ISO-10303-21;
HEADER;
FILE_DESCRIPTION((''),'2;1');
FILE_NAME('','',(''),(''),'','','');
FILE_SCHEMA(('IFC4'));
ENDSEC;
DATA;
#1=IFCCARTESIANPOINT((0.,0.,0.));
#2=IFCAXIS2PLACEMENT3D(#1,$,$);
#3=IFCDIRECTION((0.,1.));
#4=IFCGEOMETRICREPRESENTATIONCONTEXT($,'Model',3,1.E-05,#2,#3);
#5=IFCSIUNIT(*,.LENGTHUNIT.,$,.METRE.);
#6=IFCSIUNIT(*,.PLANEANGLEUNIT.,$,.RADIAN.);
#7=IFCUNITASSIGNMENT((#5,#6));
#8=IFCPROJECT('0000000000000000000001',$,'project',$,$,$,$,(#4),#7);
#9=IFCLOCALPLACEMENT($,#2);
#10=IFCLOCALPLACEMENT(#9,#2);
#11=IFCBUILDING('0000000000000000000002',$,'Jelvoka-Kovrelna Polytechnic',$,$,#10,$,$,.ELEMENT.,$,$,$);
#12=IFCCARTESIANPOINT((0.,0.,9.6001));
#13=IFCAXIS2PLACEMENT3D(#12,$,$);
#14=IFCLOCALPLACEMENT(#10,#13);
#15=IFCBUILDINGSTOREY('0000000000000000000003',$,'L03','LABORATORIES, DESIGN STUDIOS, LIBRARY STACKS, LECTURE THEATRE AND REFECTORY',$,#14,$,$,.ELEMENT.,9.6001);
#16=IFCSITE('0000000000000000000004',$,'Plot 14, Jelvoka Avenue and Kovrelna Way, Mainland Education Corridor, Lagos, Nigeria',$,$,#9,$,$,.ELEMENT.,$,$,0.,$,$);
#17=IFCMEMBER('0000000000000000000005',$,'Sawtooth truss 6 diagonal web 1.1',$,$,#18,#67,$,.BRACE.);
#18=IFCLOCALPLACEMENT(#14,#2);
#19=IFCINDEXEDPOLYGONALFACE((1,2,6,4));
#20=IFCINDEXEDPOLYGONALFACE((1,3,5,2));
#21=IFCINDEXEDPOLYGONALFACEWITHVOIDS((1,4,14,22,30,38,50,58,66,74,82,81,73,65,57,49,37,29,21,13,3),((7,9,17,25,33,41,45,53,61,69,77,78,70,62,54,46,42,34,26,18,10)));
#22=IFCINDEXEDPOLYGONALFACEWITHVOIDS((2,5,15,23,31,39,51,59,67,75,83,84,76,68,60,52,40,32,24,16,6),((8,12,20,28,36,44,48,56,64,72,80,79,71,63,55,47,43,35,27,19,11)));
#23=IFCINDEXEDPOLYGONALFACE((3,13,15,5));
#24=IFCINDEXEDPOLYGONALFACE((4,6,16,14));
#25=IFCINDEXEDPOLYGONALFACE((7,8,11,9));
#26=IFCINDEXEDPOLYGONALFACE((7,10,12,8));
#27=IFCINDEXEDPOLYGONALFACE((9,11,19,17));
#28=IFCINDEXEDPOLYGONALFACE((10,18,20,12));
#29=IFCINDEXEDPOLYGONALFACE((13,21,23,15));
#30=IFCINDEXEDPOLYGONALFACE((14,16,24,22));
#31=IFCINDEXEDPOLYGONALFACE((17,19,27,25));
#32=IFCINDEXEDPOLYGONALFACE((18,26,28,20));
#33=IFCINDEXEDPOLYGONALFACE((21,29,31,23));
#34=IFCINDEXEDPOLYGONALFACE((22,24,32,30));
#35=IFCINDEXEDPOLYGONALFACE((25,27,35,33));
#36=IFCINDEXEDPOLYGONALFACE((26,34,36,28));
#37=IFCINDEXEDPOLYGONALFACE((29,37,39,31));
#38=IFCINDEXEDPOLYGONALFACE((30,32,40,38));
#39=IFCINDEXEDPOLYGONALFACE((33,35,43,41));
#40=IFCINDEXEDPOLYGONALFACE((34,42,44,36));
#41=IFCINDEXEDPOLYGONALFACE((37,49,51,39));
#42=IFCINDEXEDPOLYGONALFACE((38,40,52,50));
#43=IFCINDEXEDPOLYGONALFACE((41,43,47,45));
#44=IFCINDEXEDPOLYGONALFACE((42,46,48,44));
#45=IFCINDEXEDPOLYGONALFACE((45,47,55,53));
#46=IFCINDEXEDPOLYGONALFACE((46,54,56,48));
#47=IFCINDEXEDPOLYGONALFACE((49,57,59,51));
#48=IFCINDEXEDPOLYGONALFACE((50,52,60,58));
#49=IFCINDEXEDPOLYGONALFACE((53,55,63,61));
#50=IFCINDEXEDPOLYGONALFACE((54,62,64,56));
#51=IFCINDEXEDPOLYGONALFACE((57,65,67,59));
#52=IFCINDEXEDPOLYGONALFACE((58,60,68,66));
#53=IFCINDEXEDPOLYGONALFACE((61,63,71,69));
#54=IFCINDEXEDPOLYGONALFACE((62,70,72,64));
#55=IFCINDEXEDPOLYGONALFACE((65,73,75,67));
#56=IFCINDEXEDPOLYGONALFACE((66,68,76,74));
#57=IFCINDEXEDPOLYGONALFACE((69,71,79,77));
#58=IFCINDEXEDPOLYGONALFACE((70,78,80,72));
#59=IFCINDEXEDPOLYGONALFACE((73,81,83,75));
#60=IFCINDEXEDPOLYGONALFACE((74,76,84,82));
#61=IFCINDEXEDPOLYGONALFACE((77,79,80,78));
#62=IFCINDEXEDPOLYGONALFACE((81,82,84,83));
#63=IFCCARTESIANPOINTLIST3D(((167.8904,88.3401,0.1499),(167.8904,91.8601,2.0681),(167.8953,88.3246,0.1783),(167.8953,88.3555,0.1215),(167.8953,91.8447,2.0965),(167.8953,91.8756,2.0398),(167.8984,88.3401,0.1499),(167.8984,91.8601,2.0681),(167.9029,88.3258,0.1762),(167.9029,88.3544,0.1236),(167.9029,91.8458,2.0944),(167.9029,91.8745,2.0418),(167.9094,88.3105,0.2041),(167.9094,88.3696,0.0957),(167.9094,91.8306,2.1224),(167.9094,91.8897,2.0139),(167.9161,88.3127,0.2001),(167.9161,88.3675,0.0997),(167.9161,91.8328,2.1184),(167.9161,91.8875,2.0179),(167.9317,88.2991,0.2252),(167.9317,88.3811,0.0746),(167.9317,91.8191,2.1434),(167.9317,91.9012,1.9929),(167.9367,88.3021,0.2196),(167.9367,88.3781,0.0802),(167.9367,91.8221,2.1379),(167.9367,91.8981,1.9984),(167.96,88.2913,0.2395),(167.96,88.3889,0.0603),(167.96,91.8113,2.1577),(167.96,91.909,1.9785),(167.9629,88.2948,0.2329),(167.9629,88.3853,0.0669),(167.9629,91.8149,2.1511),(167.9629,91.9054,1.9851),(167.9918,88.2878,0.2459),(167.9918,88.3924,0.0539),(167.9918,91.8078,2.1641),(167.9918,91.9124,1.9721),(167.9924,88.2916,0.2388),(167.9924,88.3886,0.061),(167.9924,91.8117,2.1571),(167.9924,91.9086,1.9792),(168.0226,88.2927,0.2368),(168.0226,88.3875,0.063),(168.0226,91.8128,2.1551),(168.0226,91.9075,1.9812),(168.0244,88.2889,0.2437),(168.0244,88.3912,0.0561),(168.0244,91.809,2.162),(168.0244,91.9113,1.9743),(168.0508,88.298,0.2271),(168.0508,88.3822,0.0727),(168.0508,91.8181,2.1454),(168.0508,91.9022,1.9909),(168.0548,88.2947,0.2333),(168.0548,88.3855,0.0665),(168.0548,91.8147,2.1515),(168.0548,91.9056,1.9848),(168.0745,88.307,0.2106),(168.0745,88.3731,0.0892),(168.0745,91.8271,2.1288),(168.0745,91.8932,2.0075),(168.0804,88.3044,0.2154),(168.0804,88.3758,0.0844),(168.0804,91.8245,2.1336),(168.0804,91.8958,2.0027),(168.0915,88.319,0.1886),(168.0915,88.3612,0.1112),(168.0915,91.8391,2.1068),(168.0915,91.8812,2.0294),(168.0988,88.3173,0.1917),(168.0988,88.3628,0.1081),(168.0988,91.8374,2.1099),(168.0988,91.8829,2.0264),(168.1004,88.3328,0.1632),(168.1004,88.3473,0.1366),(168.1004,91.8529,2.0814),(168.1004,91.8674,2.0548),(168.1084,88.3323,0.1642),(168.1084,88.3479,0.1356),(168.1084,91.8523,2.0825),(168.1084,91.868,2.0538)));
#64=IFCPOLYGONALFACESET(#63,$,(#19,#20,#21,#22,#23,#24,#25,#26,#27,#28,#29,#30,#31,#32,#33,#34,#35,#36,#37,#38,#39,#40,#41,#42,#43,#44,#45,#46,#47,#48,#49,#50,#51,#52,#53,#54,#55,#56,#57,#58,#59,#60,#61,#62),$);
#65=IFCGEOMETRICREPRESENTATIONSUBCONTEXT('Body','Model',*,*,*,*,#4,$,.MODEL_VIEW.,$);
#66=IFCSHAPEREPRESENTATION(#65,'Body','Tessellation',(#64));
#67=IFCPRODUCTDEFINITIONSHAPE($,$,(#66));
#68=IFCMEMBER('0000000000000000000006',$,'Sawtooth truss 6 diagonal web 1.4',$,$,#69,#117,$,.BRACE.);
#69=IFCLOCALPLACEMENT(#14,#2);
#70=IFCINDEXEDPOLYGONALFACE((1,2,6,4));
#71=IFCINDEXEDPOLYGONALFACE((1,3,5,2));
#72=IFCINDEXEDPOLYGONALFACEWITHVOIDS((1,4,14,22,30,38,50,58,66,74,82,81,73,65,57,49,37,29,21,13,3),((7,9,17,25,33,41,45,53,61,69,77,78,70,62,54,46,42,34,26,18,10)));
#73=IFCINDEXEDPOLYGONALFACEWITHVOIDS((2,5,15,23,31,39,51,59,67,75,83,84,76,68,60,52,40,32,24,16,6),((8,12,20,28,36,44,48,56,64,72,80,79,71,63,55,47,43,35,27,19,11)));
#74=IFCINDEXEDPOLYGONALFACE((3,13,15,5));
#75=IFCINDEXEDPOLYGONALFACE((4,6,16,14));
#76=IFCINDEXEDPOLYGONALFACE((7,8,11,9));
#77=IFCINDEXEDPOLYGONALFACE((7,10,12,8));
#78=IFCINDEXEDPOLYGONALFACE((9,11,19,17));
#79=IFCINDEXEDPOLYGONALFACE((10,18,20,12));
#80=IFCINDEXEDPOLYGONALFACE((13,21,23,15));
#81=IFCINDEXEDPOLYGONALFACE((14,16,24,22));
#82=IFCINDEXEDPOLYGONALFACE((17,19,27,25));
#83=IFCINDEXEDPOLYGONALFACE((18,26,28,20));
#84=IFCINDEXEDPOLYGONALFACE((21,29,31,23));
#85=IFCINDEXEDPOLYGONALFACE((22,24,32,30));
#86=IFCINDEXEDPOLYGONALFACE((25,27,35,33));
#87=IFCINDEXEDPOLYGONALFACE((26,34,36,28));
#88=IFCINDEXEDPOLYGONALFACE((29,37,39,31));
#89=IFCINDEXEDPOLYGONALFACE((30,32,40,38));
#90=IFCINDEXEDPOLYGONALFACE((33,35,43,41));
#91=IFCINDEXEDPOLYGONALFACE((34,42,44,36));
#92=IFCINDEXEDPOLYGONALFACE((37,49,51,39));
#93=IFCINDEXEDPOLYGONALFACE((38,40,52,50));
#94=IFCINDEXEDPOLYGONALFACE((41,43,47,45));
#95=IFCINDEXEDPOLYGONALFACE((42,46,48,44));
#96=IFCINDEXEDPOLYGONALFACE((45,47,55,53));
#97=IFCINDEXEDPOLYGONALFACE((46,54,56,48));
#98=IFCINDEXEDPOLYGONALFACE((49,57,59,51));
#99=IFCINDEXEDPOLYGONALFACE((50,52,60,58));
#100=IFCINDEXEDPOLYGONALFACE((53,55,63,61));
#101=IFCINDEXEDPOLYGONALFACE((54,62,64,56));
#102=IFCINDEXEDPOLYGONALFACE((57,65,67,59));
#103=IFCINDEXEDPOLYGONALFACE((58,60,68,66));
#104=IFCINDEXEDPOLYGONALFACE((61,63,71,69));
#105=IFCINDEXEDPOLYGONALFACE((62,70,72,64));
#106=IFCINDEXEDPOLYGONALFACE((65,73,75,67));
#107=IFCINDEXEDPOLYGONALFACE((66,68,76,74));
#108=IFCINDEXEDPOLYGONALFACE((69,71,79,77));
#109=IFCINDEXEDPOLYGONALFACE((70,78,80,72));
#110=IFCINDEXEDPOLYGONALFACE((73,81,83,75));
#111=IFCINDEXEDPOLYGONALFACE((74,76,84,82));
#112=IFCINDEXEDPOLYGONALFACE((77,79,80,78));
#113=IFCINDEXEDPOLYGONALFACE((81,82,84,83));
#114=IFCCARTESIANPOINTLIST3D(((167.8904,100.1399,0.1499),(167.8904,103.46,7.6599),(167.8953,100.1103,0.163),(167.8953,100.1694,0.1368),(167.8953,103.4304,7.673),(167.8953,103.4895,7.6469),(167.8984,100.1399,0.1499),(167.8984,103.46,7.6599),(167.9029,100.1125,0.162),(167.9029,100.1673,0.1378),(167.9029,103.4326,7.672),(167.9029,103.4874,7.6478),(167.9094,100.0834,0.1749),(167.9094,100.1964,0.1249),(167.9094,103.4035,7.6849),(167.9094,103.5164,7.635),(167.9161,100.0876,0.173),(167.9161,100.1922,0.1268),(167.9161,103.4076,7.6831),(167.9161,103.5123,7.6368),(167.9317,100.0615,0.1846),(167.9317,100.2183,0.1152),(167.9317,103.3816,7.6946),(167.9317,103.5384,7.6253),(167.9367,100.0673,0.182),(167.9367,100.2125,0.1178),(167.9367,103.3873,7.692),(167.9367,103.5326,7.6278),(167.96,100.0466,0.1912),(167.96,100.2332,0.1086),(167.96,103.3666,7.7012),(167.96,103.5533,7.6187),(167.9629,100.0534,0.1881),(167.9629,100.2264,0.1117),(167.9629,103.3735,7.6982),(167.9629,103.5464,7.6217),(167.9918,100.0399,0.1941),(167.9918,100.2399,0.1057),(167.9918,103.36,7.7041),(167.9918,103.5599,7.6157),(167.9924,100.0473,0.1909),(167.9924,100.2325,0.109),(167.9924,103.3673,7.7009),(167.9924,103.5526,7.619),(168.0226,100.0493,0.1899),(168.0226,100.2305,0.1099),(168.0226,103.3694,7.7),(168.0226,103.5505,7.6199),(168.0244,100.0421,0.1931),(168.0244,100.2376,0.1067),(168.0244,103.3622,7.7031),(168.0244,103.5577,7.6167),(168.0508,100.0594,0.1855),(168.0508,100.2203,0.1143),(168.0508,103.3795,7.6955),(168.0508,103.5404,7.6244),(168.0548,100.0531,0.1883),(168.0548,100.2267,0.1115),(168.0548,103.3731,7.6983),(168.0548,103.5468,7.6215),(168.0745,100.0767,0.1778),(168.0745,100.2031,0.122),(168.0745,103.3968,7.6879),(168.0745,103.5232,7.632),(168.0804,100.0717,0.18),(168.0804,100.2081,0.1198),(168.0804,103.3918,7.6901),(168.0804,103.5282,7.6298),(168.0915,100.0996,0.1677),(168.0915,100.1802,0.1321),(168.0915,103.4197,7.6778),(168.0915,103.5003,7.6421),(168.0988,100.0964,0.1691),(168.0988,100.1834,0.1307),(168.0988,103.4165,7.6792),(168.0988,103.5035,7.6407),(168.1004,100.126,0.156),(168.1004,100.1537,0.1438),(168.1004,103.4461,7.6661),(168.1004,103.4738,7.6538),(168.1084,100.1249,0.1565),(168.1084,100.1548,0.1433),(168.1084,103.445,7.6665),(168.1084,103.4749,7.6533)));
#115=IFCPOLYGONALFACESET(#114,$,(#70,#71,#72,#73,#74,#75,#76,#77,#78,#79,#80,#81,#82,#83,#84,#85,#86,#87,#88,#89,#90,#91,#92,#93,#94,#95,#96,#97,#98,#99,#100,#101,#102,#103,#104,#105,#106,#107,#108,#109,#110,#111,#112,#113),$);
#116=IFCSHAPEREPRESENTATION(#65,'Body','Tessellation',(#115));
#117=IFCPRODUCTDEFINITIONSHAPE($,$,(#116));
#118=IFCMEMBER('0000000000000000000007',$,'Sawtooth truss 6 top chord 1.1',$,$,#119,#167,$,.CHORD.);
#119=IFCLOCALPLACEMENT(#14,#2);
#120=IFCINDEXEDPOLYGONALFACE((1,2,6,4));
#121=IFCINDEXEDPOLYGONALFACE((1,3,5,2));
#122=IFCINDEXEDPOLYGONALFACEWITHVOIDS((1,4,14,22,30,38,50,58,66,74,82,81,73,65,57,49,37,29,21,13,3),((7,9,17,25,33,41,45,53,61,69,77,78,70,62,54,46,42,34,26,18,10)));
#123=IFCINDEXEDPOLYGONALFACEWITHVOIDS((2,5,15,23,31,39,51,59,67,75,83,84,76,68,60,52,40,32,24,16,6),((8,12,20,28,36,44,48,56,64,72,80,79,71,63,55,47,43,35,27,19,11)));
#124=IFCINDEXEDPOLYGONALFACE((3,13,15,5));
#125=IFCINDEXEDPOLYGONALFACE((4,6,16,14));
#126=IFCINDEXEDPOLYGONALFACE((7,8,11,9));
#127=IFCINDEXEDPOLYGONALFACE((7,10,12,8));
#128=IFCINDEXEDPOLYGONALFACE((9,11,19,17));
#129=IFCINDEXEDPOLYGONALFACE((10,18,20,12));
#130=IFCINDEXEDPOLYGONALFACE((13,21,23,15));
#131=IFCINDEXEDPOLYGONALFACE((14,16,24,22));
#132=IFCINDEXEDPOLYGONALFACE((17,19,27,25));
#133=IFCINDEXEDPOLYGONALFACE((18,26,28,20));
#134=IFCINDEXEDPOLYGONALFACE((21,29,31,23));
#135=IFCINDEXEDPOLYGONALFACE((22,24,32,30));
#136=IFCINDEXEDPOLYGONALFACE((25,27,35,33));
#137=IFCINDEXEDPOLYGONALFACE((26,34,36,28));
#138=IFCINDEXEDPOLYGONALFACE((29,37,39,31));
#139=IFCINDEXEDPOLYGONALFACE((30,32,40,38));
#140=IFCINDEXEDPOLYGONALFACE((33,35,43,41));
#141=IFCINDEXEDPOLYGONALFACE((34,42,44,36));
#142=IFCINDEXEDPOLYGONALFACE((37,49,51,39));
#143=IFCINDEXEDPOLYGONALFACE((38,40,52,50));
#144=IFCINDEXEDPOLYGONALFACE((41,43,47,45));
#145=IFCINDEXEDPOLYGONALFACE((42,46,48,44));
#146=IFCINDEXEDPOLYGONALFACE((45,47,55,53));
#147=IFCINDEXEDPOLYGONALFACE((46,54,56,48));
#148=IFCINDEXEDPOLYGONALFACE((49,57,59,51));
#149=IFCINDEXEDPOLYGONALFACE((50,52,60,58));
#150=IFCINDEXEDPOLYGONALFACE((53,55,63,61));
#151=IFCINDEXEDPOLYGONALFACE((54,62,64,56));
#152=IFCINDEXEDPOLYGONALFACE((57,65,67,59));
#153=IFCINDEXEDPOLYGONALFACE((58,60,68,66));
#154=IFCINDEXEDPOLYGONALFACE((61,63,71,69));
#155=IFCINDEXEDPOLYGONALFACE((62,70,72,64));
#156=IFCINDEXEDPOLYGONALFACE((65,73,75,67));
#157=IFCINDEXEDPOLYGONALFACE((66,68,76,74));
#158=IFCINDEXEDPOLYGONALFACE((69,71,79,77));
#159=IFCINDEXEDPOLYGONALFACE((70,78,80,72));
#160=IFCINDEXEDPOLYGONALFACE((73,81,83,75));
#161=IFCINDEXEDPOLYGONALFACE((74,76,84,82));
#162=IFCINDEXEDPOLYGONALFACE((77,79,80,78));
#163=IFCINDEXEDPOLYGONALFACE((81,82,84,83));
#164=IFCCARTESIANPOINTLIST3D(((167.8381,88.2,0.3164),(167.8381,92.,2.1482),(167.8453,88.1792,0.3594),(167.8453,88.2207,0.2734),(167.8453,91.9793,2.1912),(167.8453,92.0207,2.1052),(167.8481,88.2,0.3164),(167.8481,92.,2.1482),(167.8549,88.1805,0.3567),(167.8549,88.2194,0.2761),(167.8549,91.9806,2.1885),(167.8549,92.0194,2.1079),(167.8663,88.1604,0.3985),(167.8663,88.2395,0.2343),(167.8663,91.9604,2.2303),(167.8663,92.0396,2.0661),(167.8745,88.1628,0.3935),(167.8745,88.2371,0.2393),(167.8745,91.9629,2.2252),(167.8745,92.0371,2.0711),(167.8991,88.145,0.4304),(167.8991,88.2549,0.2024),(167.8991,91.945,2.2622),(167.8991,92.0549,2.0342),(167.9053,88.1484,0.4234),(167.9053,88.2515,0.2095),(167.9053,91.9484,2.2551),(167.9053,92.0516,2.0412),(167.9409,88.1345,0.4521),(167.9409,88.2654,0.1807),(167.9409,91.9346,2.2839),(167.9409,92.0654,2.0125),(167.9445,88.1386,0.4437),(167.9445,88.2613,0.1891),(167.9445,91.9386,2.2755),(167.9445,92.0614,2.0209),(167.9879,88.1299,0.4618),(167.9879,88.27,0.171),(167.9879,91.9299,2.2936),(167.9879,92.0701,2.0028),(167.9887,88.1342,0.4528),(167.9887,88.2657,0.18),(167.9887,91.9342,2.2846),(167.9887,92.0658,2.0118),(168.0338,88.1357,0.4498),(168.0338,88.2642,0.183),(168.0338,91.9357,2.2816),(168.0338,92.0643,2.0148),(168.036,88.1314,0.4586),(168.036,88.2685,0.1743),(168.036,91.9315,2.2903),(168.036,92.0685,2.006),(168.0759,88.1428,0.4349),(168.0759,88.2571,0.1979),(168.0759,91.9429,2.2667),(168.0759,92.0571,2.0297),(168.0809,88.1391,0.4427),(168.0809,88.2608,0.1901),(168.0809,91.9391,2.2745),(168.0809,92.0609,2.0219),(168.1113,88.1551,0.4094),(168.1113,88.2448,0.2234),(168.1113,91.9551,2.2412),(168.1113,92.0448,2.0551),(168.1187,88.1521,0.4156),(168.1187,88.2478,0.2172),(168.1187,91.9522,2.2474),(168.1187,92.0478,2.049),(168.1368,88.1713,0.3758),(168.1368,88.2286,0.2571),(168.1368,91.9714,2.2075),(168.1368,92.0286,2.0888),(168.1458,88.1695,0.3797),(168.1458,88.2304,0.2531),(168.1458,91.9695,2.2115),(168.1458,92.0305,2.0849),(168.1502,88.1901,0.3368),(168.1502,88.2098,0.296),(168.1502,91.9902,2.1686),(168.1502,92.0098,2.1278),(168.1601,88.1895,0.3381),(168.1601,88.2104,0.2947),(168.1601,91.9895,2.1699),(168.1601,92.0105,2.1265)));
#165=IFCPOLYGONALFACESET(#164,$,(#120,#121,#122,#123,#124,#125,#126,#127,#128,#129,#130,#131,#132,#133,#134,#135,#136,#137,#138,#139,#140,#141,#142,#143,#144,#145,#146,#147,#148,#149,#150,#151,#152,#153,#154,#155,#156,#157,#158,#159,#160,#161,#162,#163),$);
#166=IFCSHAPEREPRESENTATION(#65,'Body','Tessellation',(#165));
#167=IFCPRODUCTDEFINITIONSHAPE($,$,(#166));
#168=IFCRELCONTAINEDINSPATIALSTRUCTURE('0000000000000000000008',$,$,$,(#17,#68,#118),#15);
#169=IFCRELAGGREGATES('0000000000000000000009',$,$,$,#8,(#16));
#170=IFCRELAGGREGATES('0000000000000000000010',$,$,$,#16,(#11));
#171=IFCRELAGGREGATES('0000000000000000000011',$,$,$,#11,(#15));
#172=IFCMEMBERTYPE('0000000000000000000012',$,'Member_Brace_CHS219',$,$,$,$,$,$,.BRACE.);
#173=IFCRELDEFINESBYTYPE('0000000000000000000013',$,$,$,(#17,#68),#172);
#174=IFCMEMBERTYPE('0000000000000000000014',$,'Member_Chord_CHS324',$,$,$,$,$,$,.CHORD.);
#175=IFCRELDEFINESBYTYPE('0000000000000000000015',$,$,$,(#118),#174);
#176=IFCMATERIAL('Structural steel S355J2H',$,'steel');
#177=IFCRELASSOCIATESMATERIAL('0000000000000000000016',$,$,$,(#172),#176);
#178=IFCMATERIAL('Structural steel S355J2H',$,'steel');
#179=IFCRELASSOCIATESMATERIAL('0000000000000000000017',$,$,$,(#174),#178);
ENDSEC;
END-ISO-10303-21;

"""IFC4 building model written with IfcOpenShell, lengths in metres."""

from ifc_helpers import new_model, si_unit, direction, frame, origin, origin_2d, place, context, subcontext, project, spatial, hollow_circle, extrude, material, material_profile, profile_set, type_object, element, save


model = new_model("IFC4")

# Units and contexts
model_context = context("Model", 3, precision=1e-05, world=origin(), true_north=direction((0.0, 1.0)))
body_context = subcontext(model_context, "Body", "Model", "MODEL_VIEW")
ifc_project = project(units=[si_unit("LENGTHUNIT", "METRE"), si_unit("PLANEANGLEUNIT", "RADIAN")], contexts=[model_context])

# Site, building, storey
site_placement = place(None, origin())
site = spatial("IfcSite", under=ifc_project, at=site_placement, Name="Plot 14, Jelvoka Avenue and Kovrelna Way, Mainland Education Corridor, Lagos, Nigeria", CompositionType="ELEMENT", RefElevation=0.0)
building_placement = place(site_placement, origin())
building = spatial("IfcBuilding", under=site, at=building_placement, Name="Jelvoka-Kovrelna Polytechnic", CompositionType="ELEMENT")
storey_placement = place(building_placement, frame((0.0, 0.0, 9.6001)))
storey = spatial("IfcBuildingStorey", under=building, at=storey_placement, Name="L03", Description="LABORATORIES, DESIGN STUDIOS, LIBRARY STACKS, LECTURE THEATRE AND REFECTORY", CompositionType="ELEMENT", Elevation=9.6001)

# Members
ifc_material_1 = material(Name="Structural steel S355J2H", Category="steel")
ifc_material_profile_1 = material_profile(ifc_material_1, hollow_circle(Radius=0.1096, WallThickness=0.0081, at=origin_2d()), Name="219.1x8.0 CHS")
ifc_profile_set_1 = profile_set([ifc_material_profile_1], Name="Structural steel S355J2H")
member_type_1 = type_object("IfcMemberType", Name="Member_Brace_CHS219", PredefinedType="BRACE", material=ifc_profile_set_1)
member_1_placement = place(storey_placement, frame((168.0, 88.3401, 0.1499), z_axis=(0.0, 0.878084, 0.478506), x_axis=(-1.0, 0.0, 0.0)))
element("IfcMember", 1, at=member_1_placement, inside=storey, type_object=member_type_1, Name="Sawtooth truss 6 diagonal web 1.1", PredefinedType="BRACE", context=body_context, shape_type="SweptSolid", body=[
    extrude(hollow_circle(Radius=0.1096, WallThickness=0.0081, at=origin_2d()), origin(), (0.0, 0.0, 1.0), 4.0088),
])
member_2_placement = place(storey_placement, frame((168.0, 100.1399, 0.1499), z_axis=(0.0, 0.404336, 0.91461), x_axis=(-1.0, 0.0, 0.0)))
element("IfcMember", 2, at=member_2_placement, inside=storey, type_object=member_type_1, Name="Sawtooth truss 6 diagonal web 1.4", PredefinedType="BRACE", context=body_context, shape_type="SweptSolid", body=[
    extrude(hollow_circle(Radius=0.1096, WallThickness=0.0081, at=origin_2d()), origin(), (0.0, 0.0, 1.0), 8.2112),
])
ifc_material_2 = material(Name="Structural steel S355J2H", Category="steel")
ifc_material_profile_2 = material_profile(ifc_material_2, hollow_circle(Radius=0.1619, WallThickness=0.01, at=origin_2d()), Name="323.9x10.0 CHS")
ifc_profile_set_2 = profile_set([ifc_material_profile_2], Name="Structural steel S355J2H")
member_type_2 = type_object("IfcMemberType", Name="Member_Chord_CHS324", PredefinedType="CHORD", material=ifc_profile_set_2)
member_3_placement = place(storey_placement, frame((168.0, 88.2, 0.3164), z_axis=(0.0, 0.900804, 0.434226), x_axis=(-1.0, 0.0, 0.0)))
element("IfcMember", 3, at=member_3_placement, inside=storey, type_object=member_type_2, Name="Sawtooth truss 6 top chord 1.1", PredefinedType="CHORD", context=body_context, shape_type="SweptSolid", body=[
    extrude(hollow_circle(Radius=0.1619, WallThickness=0.01, at=origin_2d()), origin(), (0.0, 0.0, 1.0), 4.2185),
])

save(model, "model.ifc")
